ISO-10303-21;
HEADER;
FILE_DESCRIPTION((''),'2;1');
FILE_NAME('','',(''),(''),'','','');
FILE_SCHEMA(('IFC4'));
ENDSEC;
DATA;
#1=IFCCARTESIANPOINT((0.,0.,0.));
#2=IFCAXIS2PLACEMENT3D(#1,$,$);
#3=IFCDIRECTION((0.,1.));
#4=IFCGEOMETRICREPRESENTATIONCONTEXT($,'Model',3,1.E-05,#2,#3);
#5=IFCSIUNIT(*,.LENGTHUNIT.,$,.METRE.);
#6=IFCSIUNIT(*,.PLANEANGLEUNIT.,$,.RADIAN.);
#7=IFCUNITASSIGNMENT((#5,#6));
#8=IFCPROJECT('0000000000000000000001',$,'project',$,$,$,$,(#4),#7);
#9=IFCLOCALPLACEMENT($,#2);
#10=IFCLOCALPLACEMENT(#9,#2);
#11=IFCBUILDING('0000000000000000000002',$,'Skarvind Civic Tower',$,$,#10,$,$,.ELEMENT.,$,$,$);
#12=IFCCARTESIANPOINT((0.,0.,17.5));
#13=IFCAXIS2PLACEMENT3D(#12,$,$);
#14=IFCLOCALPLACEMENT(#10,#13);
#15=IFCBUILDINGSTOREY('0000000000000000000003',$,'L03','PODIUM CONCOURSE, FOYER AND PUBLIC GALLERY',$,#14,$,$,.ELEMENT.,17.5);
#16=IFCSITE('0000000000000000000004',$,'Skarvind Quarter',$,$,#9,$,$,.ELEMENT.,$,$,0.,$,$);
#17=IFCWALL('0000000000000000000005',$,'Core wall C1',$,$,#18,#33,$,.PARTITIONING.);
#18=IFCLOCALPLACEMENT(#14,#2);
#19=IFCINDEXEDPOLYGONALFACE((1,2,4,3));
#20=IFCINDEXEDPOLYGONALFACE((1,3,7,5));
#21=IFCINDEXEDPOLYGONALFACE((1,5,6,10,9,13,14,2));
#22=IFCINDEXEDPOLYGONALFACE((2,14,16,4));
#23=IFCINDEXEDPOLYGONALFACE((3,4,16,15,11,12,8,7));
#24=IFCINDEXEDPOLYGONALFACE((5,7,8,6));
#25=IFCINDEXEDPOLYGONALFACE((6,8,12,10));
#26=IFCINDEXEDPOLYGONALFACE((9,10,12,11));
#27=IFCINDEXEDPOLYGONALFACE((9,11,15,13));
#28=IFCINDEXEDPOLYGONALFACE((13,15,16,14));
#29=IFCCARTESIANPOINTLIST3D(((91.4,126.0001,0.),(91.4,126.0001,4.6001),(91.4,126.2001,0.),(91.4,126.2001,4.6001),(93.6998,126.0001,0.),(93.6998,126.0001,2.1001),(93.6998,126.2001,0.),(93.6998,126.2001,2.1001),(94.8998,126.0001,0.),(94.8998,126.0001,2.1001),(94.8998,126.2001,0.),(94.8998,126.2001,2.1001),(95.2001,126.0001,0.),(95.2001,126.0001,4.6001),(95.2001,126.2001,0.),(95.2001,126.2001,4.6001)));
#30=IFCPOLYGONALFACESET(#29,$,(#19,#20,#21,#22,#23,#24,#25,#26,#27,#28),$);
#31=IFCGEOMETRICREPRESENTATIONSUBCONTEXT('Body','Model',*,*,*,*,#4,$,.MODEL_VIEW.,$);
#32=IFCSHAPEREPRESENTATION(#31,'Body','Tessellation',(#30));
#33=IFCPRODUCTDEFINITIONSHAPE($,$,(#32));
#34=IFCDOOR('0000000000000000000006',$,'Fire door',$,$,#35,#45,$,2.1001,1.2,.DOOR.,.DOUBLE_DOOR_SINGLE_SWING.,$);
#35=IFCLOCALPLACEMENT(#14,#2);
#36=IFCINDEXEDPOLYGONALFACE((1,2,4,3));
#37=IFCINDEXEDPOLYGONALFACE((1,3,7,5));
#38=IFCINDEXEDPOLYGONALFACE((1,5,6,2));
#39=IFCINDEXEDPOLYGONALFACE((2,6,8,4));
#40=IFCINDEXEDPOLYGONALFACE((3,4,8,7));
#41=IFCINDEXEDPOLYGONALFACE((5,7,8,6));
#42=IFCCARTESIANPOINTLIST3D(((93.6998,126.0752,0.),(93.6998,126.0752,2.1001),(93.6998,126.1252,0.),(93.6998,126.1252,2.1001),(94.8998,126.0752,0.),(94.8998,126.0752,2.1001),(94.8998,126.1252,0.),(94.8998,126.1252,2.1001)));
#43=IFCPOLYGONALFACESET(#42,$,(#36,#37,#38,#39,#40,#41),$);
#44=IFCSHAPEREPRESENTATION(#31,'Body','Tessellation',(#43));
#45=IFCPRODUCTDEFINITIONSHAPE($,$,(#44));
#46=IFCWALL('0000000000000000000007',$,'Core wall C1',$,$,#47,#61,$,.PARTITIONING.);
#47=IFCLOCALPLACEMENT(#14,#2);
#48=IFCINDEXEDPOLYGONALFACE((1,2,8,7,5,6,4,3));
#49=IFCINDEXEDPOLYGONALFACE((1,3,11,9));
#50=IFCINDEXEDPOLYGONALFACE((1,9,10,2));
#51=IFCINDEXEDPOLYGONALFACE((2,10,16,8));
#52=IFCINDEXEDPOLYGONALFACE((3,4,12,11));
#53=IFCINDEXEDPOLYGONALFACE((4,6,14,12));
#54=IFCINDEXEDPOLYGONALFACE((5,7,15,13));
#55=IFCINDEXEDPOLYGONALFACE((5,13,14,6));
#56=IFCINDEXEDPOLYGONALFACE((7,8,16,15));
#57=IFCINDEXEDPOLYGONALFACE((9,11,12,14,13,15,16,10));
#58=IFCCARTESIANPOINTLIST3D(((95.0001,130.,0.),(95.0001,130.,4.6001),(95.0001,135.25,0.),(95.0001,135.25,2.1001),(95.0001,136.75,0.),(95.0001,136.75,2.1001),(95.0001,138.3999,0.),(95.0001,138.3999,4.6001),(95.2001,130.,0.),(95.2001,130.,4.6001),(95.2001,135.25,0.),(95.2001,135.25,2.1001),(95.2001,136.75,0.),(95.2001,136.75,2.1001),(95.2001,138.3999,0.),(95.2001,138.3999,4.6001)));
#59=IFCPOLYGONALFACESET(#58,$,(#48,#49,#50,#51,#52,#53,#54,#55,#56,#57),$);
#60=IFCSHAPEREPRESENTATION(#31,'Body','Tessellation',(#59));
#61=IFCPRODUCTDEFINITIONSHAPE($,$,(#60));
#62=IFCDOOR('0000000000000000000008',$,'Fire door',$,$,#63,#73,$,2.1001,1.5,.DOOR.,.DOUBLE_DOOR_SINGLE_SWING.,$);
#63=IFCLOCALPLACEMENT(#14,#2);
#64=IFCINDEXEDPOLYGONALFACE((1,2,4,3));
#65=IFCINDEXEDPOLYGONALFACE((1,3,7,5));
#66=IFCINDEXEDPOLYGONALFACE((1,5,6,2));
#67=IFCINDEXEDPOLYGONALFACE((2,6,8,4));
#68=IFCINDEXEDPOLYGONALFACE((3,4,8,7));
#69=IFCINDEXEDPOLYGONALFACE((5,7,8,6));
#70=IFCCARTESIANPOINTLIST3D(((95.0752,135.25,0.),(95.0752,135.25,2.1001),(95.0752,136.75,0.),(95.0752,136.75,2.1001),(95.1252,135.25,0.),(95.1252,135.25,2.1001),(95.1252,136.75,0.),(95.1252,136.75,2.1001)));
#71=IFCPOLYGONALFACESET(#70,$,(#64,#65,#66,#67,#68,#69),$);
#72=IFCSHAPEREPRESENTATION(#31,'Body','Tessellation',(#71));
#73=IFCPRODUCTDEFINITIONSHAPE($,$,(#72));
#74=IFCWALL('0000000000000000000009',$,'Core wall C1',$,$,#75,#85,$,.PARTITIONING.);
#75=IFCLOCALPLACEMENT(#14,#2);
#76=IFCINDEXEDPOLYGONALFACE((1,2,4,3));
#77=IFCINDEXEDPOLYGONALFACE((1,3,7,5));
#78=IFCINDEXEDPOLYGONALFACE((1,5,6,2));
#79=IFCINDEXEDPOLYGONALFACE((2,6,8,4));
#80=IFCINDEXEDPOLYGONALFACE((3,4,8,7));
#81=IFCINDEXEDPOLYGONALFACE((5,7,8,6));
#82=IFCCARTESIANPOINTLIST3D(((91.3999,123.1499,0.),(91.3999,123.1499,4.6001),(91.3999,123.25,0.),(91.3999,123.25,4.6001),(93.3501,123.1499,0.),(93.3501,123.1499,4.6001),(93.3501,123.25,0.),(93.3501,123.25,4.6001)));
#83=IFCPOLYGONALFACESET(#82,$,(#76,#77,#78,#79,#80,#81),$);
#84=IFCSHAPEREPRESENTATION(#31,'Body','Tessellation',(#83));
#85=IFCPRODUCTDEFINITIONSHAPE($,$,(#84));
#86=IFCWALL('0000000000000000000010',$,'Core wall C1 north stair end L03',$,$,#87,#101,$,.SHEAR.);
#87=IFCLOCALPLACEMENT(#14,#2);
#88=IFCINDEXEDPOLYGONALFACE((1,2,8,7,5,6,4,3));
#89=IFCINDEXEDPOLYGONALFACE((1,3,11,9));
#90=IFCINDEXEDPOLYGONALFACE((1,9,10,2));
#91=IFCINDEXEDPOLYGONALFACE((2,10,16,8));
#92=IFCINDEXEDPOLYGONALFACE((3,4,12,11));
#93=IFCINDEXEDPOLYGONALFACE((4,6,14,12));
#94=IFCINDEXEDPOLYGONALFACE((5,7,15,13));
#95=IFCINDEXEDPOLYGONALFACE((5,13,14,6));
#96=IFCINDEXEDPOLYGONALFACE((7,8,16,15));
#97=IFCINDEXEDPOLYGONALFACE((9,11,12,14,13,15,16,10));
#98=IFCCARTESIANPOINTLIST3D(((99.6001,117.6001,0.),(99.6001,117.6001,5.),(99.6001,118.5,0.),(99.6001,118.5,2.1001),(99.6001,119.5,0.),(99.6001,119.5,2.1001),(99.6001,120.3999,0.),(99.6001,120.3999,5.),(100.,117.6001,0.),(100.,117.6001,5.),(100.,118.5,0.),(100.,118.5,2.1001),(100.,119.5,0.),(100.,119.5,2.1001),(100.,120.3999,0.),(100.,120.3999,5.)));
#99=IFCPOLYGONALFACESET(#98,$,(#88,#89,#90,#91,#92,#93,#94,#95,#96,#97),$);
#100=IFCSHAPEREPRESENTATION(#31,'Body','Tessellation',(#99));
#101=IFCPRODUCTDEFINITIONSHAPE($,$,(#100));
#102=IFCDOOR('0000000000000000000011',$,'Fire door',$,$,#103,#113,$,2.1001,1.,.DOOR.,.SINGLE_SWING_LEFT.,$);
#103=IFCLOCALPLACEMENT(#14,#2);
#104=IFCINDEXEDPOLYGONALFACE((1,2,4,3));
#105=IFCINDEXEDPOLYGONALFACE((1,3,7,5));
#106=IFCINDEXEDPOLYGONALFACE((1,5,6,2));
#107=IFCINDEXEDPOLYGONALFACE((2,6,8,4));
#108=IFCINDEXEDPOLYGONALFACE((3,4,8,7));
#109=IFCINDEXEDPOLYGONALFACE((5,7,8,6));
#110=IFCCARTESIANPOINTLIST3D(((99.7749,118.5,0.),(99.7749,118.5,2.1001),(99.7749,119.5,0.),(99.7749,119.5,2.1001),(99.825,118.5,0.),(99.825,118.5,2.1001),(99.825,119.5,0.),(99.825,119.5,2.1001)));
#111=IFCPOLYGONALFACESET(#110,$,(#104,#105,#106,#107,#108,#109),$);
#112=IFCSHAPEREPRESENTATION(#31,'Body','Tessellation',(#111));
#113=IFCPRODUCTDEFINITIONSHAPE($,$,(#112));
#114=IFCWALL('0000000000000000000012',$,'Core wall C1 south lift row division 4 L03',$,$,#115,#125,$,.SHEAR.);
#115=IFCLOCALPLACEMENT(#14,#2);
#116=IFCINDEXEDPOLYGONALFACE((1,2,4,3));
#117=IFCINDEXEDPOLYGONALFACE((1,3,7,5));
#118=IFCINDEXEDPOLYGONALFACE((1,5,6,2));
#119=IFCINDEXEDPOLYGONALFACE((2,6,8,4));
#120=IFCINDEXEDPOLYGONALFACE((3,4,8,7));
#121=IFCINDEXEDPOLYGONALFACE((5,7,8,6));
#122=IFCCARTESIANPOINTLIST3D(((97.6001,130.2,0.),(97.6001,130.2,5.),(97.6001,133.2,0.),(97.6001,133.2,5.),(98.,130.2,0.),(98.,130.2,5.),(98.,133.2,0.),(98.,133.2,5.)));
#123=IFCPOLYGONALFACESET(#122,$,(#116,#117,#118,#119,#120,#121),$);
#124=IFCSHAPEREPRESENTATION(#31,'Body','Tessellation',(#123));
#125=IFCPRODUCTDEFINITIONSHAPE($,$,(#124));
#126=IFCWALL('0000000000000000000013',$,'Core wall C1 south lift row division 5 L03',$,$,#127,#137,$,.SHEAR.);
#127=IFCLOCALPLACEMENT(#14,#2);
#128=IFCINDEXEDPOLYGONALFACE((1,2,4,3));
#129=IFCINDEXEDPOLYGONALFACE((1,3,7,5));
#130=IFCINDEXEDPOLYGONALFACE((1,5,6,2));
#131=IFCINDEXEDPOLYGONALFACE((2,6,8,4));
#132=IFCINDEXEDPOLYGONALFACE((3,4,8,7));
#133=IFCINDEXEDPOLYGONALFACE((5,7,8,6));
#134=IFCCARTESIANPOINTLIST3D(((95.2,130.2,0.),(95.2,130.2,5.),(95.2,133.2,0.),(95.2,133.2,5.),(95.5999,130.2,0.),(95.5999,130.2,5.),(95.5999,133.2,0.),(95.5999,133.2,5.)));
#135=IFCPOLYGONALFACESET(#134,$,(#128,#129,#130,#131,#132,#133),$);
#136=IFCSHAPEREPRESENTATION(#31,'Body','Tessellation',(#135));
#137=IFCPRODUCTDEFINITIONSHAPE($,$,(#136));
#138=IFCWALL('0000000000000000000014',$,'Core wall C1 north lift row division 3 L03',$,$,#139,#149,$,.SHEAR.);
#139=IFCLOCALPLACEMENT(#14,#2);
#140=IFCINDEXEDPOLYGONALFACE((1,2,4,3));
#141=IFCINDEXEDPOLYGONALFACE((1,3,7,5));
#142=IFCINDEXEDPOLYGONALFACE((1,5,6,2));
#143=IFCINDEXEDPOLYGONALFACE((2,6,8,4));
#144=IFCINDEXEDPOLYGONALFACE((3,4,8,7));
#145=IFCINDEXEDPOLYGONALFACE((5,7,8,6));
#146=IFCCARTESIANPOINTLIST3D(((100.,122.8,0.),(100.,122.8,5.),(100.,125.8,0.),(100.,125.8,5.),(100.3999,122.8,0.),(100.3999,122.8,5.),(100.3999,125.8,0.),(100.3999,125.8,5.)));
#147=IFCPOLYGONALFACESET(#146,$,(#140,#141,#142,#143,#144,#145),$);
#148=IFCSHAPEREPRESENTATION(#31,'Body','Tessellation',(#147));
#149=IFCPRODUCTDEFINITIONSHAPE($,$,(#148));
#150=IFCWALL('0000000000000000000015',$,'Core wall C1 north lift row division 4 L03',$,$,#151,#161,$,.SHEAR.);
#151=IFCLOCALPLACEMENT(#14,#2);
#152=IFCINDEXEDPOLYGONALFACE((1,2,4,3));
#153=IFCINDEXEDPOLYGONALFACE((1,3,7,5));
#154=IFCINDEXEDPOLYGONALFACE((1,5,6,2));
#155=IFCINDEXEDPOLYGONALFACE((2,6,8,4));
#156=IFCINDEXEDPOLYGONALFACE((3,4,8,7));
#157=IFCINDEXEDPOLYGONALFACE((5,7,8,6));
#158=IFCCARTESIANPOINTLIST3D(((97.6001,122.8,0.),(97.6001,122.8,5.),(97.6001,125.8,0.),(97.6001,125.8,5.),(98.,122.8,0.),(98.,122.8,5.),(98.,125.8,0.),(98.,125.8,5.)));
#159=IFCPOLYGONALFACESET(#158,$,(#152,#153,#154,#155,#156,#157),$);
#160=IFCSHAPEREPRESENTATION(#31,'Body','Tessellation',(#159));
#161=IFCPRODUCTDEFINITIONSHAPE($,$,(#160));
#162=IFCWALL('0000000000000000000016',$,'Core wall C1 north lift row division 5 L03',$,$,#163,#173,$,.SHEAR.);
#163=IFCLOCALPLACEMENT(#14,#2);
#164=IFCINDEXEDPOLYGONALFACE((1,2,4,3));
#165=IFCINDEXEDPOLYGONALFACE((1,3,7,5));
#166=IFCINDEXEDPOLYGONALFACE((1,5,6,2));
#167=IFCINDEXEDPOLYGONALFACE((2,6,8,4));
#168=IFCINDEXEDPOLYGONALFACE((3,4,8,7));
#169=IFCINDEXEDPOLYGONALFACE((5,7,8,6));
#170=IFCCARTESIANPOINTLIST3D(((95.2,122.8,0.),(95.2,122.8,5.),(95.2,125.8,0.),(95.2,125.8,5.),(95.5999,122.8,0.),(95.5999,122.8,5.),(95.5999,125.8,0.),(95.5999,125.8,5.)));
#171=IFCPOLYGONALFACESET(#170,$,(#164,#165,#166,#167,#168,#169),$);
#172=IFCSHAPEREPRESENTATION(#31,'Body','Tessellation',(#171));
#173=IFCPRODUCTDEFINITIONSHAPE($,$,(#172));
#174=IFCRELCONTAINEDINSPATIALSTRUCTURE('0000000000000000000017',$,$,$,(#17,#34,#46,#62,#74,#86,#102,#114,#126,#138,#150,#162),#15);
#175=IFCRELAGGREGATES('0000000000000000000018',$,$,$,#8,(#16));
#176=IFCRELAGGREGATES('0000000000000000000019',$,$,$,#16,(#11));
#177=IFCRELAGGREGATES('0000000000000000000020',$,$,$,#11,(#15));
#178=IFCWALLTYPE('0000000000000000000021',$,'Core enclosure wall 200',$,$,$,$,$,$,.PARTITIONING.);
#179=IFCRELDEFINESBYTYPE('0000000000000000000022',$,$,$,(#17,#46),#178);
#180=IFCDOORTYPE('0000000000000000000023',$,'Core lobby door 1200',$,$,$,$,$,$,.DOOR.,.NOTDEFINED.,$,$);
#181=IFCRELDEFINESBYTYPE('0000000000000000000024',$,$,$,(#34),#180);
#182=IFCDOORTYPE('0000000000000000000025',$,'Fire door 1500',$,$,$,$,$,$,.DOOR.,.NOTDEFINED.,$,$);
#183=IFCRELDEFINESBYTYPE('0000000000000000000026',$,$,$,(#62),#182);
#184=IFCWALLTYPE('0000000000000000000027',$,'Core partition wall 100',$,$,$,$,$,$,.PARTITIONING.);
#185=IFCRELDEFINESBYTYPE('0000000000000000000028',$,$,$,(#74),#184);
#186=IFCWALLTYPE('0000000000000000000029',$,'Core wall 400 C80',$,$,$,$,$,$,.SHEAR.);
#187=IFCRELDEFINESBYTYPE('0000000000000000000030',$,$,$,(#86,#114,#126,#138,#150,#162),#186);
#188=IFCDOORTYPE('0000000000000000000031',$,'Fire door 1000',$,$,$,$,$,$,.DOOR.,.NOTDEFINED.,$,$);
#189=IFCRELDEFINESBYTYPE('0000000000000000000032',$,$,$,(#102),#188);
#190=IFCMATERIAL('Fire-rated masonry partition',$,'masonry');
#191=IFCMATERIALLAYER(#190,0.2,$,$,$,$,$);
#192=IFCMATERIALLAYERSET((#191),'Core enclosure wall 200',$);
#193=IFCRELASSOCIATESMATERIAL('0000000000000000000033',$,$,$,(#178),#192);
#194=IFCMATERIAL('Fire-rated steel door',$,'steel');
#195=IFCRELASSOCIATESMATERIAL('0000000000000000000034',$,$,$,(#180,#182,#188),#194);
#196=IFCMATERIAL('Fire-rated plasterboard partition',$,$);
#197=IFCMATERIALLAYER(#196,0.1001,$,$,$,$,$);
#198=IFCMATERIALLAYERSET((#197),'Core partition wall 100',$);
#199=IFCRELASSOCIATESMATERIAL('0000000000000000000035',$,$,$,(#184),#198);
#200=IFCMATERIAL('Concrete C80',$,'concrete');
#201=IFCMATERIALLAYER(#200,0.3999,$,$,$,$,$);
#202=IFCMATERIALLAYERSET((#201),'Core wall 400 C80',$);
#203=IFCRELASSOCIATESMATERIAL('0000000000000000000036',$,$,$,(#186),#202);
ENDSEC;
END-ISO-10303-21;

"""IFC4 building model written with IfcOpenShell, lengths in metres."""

from ifc_helpers import new_model, si_unit, direction, frame, frame_2d, origin, place, context, subcontext, project, spatial, rectangle, extrude, material, layer, layer_set, type_object, element, fill, save


model = new_model("IFC4")

# Units and contexts
model_context = context("Model", 3, precision=1e-05, world=origin(), true_north=direction((0.0, 1.0)))
body_context = subcontext(model_context, "Body", "Model", "MODEL_VIEW")
ifc_project = project(units=[si_unit("LENGTHUNIT", "METRE"), si_unit("PLANEANGLEUNIT", "RADIAN")], contexts=[model_context])

# Site, building, storey
site_placement = place(None, origin())
site = spatial("IfcSite", under=ifc_project, at=site_placement, Name="Skarvind Quarter", CompositionType="ELEMENT", RefElevation=0.0)
building_placement = place(site_placement, origin())
building = spatial("IfcBuilding", under=site, at=building_placement, Name="Skarvind Civic Tower", CompositionType="ELEMENT")
storey_placement = place(building_placement, frame((0.0, 0.0, 17.5)))
storey = spatial("IfcBuildingStorey", under=building, at=storey_placement, Name="L03", Description="PODIUM CONCOURSE, FOYER AND PUBLIC GALLERY", CompositionType="ELEMENT", Elevation=17.5)

# Walls, openings, doors
ifc_material_1 = material(Name="Fire-rated masonry partition", Category="masonry")
ifc_layer_1 = layer(ifc_material_1, 0.2)
ifc_layer_set_1 = layer_set([ifc_layer_1], Name="Core enclosure wall 200")
wall_type_1 = type_object("IfcWallType", Name="Core enclosure wall 200", PredefinedType="PARTITIONING", material=ifc_layer_set_1)
wall_1_placement = place(storey_placement, frame((95.2, 126.1001, 0.0), z_axis=(0.0, 0.0, 1.0), x_axis=(-1.0, 0.0, 0.0)))
wall_1 = element("IfcWall", 1, at=wall_1_placement, inside=storey, type_object=wall_type_1, Name="Core wall C1", PredefinedType="PARTITIONING", context=body_context, shape_type="SweptSolid", body=[
    extrude(rectangle(XDim=3.8, YDim=0.2, at=frame_2d((1.8999, 0.0))), origin(), (0.0, 0.0, 1.0), 4.6001),
])
opening_1_placement = place(wall_1_placement, frame((0.3, 0.0, 0.0)))
opening_1 = element("IfcOpeningElement", 2, at=opening_1_placement, cuts=wall_1, PredefinedType="OPENING", context=body_context, shape_type="SweptSolid", body=[
    extrude(rectangle(XDim=1.2, YDim=2.1001, at=frame_2d((0.6001, 1.05))), frame((0.0, 0.1099, 0.0), z_axis=(0.0, -1.0, 0.0), x_axis=(1.0, 0.0, 0.0)), (0.0, 0.0, 1.0), 0.22),
])
ifc_material_2 = material(Name="Fire-rated steel door", Category="steel")
door_type_1 = type_object("IfcDoorType", Name="Core lobby door 1200", OperationType="NOTDEFINED", PredefinedType="DOOR", material=ifc_material_2)
door_1_placement = place(opening_1_placement, origin())
door_1 = element("IfcDoor", 3, at=door_1_placement, inside=storey, type_object=door_type_1, Name="Fire door", OperationType="DOUBLE_DOOR_SINGLE_SWING", OverallHeight=2.1001, OverallWidth=1.2, PredefinedType="DOOR", context=body_context, shape_type="SweptSolid", body=[
    extrude(rectangle(XDim=1.2, YDim=2.1001, at=frame_2d((0.6001, 1.05))), frame((0.0, 0.0249, 0.0), z_axis=(0.0, -1.0, 0.0), x_axis=(1.0, 0.0, 0.0)), (0.0, 0.0, 1.0), 0.05),
])
fill(opening_1, door_1)
wall_2_placement = place(storey_placement, frame((95.1001, 130.0, 0.0), z_axis=(0.0, 0.0, 1.0), x_axis=(0.0, 1.0, 0.0)))
wall_2 = element("IfcWall", 4, at=wall_2_placement, inside=storey, type_object=wall_type_1, Name="Core wall C1", PredefinedType="PARTITIONING", context=body_context, shape_type="SweptSolid", body=[
    extrude(rectangle(XDim=8.3999, YDim=0.2, at=frame_2d((4.2, 0.0))), origin(), (0.0, 0.0, 1.0), 4.6001),
])
opening_2_placement = place(wall_2_placement, frame((5.25, 0.0, 0.0)))
opening_2 = element("IfcOpeningElement", 5, at=opening_2_placement, cuts=wall_2, PredefinedType="OPENING", context=body_context, shape_type="SweptSolid", body=[
    extrude(rectangle(XDim=1.5, YDim=2.1001, at=frame_2d((0.75, 1.05))), frame((0.0, 0.1099, 0.0), z_axis=(0.0, -1.0, 0.0), x_axis=(1.0, 0.0, 0.0)), (0.0, 0.0, 1.0), 0.22),
])
door_type_2 = type_object("IfcDoorType", Name="Fire door 1500", OperationType="NOTDEFINED", PredefinedType="DOOR", material=ifc_material_2)
door_2_placement = place(opening_2_placement, origin())
door_2 = element("IfcDoor", 6, at=door_2_placement, inside=storey, type_object=door_type_2, Name="Fire door", OperationType="DOUBLE_DOOR_SINGLE_SWING", OverallHeight=2.1001, OverallWidth=1.5, PredefinedType="DOOR", context=body_context, shape_type="SweptSolid", body=[
    extrude(rectangle(XDim=1.5, YDim=2.1001, at=frame_2d((0.75, 1.05))), frame((0.0, 0.0249, 0.0), z_axis=(0.0, -1.0, 0.0), x_axis=(1.0, 0.0, 0.0)), (0.0, 0.0, 1.0), 0.05),
])
fill(opening_2, door_2)

# Wall
ifc_material_3 = material(Name="Fire-rated plasterboard partition")
ifc_layer_2 = layer(ifc_material_3, 0.1001)
ifc_layer_set_2 = layer_set([ifc_layer_2], Name="Core partition wall 100")
wall_type_2 = type_object("IfcWallType", Name="Core partition wall 100", PredefinedType="PARTITIONING", material=ifc_layer_set_2)
wall_3_placement = place(storey_placement, frame((93.3501, 123.2, 0.0), z_axis=(0.0, 0.0, 1.0), x_axis=(-1.0, 0.0, 0.0)))
element("IfcWall", 7, at=wall_3_placement, inside=storey, type_object=wall_type_2, Name="Core wall C1", PredefinedType="PARTITIONING", context=body_context, shape_type="SweptSolid", body=[
    extrude(rectangle(XDim=1.9502, YDim=0.1001, at=frame_2d((0.9751, 0.0))), origin(), (0.0, 0.0, 1.0), 4.6001),
])

# Wall, opening, door
ifc_material_4 = material(Name="Concrete C80", Category="concrete")
ifc_layer_3 = layer(ifc_material_4, 0.3999)
ifc_layer_set_3 = layer_set([ifc_layer_3], Name="Core wall 400 C80")
wall_type_3 = type_object("IfcWallType", Name="Core wall 400 C80", PredefinedType="SHEAR", material=ifc_layer_set_3)
wall_4_placement = place(storey_placement, frame((99.8, 120.3999, 0.0), z_axis=(0.0, 0.0, 1.0), x_axis=(0.0, -1.0, 0.0)))
wall_4 = element("IfcWall", 8, at=wall_4_placement, inside=storey, type_object=wall_type_3, Name="Core wall C1 north stair end L03", PredefinedType="SHEAR", context=body_context, shape_type="SweptSolid", body=[
    extrude(rectangle(XDim=2.7998, YDim=0.3999, at=frame_2d((1.3999, 0.0))), origin(), (0.0, 0.0, 1.0), 5.0),
])
opening_3_placement = place(wall_4_placement, frame((0.8999, 0.0, 0.0)))
opening_3 = element("IfcOpeningElement", 9, at=opening_3_placement, cuts=wall_4, PredefinedType="OPENING", context=body_context, shape_type="SweptSolid", body=[
    extrude(rectangle(XDim=1.0, YDim=2.1001, at=frame_2d((0.5, 1.05))), frame((0.0, 0.21, 0.0), z_axis=(0.0, -1.0, 0.0), x_axis=(1.0, 0.0, 0.0)), (0.0, 0.0, 1.0), 0.4199),
])
door_type_3 = type_object("IfcDoorType", Name="Fire door 1000", OperationType="NOTDEFINED", PredefinedType="DOOR", material=ifc_material_2)
door_3_placement = place(opening_3_placement, origin())
door_3 = element("IfcDoor", 10, at=door_3_placement, inside=storey, type_object=door_type_3, Name="Fire door", OperationType="SINGLE_SWING_LEFT", OverallHeight=2.1001, OverallWidth=1.0, PredefinedType="DOOR", context=body_context, shape_type="SweptSolid", body=[
    extrude(rectangle(XDim=1.0, YDim=2.1001, at=frame_2d((0.5, 1.05))), frame((0.0, 0.0249, 0.0), z_axis=(0.0, -1.0, 0.0), x_axis=(1.0, 0.0, 0.0)), (0.0, 0.0, 1.0), 0.05),
])
fill(opening_3, door_3)

# Walls
for number, where, z_axis, x_axis, name in (
    (11, (97.8, 133.2, 0.0), (0.0, 0.0, 1.0), (0.0, -1.0, 0.0), "Core wall C1 south lift row division 4 L03"),
    (12, (95.3999, 133.2, 0.0), (0.0, 0.0, 1.0), (0.0, -1.0, 0.0), "Core wall C1 south lift row division 5 L03"),
    (13, (100.2, 125.8, 0.0), (0.0, 0.0, 1.0), (0.0, -1.0, 0.0), "Core wall C1 north lift row division 3 L03"),
    (14, (97.8, 125.8, 0.0), (0.0, 0.0, 1.0), (0.0, -1.0, 0.0), "Core wall C1 north lift row division 4 L03"),
    (15, (95.3999, 125.8, 0.0), (0.0, 0.0, 1.0), (0.0, -1.0, 0.0), "Core wall C1 north lift row division 5 L03"),
):
    element("IfcWall", number, at=place(storey_placement, frame(where, z_axis=z_axis, x_axis=x_axis)), inside=storey, type_object=wall_type_3, Name=name, PredefinedType="SHEAR", context=body_context, shape_type="SweptSolid", body=[
        extrude(rectangle(XDim=3.0, YDim=0.3999, at=frame_2d((1.5, 0.0))), origin(), (0.0, 0.0, 1.0), 5.0),
    ])

save(model, "model.ifc")
